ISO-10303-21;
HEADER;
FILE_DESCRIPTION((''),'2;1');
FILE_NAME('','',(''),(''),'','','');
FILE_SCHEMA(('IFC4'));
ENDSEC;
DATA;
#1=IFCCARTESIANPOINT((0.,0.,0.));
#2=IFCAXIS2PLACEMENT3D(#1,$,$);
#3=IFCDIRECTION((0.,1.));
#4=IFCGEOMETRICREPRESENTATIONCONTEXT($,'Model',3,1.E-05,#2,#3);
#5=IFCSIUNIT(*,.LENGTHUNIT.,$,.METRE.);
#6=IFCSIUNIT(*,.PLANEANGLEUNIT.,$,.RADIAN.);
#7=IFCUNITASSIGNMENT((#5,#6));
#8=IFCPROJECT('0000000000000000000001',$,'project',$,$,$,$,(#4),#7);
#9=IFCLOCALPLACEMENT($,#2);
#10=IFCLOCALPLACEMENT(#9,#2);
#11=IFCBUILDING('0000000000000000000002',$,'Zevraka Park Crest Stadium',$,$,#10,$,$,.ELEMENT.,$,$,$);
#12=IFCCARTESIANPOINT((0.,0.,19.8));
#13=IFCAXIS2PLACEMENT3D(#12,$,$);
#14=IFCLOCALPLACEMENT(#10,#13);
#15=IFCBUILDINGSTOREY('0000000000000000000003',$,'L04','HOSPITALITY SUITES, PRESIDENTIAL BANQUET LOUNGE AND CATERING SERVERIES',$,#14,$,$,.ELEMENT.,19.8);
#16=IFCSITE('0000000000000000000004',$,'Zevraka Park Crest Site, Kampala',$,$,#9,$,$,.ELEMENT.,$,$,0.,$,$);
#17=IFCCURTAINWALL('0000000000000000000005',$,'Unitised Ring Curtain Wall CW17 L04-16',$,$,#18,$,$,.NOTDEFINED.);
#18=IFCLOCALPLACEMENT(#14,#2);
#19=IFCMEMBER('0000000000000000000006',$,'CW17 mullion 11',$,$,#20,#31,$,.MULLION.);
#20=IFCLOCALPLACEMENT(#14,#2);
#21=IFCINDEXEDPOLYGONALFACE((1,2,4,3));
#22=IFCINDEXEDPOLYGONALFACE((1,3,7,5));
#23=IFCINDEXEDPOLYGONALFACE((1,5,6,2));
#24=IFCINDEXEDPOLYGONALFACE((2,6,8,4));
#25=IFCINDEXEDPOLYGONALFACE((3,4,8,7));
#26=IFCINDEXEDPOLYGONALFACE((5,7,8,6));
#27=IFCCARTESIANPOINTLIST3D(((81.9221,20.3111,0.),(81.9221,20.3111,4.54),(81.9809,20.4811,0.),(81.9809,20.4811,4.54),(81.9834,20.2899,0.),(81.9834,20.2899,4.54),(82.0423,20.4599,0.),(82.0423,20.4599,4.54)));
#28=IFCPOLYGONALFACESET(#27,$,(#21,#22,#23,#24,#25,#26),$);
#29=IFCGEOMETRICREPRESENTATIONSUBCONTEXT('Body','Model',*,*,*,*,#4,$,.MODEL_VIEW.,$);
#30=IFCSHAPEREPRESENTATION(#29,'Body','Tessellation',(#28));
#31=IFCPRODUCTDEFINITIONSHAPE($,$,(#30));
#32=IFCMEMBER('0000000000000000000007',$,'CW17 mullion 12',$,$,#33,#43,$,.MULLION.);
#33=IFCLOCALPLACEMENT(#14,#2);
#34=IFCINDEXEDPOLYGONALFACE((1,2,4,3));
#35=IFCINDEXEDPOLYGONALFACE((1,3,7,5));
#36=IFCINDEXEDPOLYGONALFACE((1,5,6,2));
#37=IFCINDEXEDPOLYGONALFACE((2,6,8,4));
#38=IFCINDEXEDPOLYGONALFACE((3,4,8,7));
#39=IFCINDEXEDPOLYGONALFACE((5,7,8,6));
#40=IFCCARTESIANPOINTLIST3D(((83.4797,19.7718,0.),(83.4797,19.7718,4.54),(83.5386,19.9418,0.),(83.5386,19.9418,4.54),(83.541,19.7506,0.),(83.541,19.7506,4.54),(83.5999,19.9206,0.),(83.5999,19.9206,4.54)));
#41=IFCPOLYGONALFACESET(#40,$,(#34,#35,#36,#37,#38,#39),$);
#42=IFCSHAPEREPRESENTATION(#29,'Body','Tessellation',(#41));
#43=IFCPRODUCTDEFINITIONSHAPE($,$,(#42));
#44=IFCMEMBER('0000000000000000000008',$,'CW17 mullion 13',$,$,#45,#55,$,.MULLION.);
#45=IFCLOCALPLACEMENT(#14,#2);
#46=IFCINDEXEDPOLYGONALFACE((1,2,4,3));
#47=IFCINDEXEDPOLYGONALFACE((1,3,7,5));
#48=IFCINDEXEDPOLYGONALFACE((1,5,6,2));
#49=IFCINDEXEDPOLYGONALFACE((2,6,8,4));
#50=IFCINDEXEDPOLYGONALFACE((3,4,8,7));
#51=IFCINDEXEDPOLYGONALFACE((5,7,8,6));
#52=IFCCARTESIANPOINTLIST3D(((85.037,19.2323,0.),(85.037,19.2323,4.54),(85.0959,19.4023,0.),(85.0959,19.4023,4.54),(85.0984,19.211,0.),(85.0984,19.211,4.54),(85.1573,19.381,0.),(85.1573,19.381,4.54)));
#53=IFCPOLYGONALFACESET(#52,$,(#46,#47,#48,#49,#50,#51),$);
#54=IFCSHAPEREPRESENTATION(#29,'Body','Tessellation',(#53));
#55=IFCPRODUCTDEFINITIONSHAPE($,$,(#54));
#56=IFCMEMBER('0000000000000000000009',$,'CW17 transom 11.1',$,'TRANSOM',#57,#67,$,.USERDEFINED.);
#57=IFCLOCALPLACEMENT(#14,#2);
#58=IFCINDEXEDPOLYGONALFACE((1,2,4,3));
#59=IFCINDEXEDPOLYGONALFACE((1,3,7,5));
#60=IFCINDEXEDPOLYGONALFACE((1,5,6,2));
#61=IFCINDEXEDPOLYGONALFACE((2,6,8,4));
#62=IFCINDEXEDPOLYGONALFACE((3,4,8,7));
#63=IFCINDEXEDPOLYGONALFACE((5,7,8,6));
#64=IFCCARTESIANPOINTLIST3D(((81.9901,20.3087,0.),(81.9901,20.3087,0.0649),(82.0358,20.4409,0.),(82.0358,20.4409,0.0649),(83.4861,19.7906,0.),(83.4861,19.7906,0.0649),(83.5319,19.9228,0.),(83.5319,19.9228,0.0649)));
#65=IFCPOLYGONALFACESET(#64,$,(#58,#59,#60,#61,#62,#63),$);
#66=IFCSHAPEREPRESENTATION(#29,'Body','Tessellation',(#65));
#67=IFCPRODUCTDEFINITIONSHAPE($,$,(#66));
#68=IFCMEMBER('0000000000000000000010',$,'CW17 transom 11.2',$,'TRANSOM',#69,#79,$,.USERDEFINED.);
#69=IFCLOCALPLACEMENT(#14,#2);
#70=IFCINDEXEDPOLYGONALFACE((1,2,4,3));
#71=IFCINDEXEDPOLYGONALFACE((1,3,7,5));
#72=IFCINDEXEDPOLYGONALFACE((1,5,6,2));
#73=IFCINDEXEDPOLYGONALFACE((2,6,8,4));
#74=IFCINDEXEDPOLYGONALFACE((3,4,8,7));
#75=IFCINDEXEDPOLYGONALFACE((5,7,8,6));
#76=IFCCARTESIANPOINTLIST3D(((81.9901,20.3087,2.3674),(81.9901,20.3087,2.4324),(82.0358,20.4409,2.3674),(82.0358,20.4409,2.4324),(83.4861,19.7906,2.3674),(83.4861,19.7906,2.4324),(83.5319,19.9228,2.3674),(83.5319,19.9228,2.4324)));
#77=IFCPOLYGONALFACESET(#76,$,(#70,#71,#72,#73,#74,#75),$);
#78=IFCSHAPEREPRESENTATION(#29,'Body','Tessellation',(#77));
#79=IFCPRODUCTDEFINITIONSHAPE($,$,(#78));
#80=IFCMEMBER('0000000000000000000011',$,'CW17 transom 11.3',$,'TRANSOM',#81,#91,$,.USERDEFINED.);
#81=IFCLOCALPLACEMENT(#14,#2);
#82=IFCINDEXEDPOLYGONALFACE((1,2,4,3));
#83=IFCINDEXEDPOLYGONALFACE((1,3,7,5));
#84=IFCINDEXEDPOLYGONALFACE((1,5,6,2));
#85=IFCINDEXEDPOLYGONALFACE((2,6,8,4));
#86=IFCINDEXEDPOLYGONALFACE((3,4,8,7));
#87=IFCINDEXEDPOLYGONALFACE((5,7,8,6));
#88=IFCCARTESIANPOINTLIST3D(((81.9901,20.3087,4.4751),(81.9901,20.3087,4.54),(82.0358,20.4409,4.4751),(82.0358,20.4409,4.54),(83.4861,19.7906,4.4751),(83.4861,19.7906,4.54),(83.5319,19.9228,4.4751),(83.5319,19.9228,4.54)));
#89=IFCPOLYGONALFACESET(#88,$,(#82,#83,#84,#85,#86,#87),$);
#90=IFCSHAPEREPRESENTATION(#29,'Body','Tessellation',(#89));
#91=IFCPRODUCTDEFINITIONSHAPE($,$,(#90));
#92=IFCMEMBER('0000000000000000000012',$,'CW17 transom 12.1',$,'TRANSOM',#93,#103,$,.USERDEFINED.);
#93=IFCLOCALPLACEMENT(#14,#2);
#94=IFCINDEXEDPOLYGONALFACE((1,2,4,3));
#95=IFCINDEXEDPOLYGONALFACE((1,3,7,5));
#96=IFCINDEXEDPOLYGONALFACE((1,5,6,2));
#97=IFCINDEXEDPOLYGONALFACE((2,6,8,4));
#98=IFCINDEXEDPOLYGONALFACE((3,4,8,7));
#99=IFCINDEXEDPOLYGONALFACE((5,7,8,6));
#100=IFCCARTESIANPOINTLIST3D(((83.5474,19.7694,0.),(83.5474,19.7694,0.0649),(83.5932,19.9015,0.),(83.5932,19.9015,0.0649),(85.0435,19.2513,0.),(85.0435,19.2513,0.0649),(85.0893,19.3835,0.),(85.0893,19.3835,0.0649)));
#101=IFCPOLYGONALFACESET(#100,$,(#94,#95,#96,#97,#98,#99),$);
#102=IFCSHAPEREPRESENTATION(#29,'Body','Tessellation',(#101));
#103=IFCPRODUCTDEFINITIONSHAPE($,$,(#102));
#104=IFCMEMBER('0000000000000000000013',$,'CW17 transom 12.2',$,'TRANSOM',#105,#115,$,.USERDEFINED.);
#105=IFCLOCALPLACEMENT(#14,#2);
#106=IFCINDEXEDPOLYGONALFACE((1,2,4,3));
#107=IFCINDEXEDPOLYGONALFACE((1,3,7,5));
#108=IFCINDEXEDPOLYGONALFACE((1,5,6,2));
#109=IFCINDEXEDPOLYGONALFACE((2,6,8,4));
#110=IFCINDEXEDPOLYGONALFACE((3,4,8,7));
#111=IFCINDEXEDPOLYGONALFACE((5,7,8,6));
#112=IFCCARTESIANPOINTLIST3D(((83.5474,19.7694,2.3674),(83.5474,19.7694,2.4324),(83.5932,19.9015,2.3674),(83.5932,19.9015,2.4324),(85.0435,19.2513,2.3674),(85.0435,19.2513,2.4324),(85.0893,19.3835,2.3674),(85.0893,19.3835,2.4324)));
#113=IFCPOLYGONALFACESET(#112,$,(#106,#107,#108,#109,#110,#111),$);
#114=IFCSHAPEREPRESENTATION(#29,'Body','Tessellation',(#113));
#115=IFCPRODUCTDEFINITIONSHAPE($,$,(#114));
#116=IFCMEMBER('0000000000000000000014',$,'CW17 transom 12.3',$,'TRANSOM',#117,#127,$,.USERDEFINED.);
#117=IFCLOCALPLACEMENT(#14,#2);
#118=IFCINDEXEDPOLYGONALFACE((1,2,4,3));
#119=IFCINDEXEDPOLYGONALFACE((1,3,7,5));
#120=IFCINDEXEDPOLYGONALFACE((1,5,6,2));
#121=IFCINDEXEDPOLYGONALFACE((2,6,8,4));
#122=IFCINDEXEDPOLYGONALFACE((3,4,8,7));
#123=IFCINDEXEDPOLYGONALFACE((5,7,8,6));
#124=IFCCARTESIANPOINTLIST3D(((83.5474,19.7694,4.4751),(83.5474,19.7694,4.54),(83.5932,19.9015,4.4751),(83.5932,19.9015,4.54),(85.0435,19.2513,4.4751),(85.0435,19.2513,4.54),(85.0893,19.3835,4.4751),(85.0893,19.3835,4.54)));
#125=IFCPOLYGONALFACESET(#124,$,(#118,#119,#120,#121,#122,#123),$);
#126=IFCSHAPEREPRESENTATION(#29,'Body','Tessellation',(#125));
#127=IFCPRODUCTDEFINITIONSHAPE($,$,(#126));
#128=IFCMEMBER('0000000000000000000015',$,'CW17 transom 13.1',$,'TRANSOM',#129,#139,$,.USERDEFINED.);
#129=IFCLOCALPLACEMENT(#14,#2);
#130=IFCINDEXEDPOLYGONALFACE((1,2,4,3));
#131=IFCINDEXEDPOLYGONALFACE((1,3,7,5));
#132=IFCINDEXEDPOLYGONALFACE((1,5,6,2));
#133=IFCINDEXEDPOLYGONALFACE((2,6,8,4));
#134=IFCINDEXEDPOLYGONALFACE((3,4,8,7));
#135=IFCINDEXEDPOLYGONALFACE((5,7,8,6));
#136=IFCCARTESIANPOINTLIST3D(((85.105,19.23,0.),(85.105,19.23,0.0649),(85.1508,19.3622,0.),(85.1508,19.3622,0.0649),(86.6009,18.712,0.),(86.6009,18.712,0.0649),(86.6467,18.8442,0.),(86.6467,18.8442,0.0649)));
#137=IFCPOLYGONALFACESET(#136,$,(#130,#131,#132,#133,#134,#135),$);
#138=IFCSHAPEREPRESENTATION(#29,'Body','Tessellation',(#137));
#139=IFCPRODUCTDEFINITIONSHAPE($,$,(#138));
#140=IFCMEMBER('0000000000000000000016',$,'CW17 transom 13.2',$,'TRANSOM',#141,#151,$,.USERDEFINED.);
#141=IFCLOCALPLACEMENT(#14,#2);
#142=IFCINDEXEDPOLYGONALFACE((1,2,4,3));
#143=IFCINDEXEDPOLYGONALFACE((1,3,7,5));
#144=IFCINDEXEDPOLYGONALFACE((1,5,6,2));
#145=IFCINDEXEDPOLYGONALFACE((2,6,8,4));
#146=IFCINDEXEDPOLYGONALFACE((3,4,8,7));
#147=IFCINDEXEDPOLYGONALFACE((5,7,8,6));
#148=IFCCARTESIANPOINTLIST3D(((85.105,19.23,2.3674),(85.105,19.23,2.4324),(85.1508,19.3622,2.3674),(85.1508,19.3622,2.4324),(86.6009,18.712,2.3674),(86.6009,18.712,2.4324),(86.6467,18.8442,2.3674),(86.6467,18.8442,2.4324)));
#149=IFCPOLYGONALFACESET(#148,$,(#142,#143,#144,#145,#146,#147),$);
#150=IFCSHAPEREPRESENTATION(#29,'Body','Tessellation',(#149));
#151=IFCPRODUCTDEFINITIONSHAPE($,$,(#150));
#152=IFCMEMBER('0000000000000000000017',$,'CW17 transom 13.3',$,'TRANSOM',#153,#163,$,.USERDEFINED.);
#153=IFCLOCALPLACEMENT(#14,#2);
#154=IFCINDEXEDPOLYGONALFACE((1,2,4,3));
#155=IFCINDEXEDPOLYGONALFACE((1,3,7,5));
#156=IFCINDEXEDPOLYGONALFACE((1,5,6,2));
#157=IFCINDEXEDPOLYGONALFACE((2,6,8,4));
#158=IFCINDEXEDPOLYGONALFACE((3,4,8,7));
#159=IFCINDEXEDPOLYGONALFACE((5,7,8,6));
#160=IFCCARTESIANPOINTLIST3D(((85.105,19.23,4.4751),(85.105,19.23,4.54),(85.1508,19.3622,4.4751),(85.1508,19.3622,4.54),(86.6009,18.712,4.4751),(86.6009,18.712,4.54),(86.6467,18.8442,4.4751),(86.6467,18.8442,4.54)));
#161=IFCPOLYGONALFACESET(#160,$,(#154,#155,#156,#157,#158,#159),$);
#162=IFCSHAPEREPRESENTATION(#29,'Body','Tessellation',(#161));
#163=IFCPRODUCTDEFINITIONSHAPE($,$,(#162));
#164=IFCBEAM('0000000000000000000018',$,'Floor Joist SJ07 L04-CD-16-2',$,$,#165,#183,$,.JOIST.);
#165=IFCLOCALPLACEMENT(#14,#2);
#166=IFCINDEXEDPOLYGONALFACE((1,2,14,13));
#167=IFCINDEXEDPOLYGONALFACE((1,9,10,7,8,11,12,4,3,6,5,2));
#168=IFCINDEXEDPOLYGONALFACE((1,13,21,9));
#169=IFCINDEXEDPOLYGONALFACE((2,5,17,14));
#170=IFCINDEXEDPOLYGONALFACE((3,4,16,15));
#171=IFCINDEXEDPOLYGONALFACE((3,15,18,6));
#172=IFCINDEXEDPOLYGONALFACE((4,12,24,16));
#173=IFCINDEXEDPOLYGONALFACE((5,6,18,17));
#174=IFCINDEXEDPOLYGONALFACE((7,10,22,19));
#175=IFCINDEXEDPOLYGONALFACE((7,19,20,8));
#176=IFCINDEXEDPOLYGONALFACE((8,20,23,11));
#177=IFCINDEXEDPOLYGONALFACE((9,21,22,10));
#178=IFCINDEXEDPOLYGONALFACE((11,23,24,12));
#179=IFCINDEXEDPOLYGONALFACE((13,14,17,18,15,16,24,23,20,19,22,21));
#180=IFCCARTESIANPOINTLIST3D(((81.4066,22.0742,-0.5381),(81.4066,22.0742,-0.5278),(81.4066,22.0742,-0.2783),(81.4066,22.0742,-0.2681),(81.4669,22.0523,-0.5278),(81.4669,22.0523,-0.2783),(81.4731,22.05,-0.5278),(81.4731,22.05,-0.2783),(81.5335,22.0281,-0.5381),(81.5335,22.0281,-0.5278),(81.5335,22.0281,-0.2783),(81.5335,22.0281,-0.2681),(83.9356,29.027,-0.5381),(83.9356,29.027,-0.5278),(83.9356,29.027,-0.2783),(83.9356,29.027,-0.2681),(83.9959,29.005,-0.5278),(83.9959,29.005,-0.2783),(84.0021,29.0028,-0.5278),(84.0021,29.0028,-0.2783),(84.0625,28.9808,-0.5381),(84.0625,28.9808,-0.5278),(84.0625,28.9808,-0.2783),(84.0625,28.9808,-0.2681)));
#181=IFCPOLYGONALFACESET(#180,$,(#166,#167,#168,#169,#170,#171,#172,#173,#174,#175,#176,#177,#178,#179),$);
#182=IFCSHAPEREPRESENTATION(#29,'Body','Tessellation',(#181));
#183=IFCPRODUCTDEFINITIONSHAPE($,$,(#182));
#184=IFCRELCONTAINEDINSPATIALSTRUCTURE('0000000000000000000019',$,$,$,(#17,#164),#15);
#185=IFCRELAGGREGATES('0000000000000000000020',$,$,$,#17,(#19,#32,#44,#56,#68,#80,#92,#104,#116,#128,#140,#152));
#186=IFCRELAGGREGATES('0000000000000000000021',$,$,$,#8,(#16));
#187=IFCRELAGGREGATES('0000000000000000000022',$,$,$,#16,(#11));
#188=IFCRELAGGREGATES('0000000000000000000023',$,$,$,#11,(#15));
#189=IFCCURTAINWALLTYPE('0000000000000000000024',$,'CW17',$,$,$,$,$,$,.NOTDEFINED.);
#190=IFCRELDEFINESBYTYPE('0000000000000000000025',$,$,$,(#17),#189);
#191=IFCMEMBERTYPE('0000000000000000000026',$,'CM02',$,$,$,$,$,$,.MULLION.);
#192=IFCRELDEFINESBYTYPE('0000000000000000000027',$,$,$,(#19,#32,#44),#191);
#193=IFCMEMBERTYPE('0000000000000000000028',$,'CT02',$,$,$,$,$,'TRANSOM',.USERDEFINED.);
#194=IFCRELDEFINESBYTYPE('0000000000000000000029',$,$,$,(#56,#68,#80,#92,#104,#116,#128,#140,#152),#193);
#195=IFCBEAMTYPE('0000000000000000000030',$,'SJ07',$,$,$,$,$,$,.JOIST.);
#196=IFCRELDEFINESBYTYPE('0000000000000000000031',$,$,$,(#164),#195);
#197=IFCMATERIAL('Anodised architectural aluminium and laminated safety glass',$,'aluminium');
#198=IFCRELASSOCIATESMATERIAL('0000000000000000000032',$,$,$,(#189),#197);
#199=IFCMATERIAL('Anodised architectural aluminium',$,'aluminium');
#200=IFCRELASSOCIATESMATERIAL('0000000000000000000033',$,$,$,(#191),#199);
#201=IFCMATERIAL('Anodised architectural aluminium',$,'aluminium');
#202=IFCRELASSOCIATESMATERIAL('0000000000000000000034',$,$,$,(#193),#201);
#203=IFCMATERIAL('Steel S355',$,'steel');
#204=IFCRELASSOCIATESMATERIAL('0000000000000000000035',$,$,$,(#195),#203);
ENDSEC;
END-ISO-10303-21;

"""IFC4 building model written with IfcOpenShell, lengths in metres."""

from ifc_helpers import new_model, si_unit, direction, frame, origin, origin_2d, place, context, subcontext, project, spatial, rectangle, i_section, extrude, material, material_profile, profile_set, type_object, element, aggregate, save


model = new_model("IFC4")

# Units and contexts
model_context = context("Model", 3, precision=1e-05, world=origin(), true_north=direction((0.0, 1.0)))
body_context = subcontext(model_context, "Body", "Model", "MODEL_VIEW")
ifc_project = project(units=[si_unit("LENGTHUNIT", "METRE"), si_unit("PLANEANGLEUNIT", "RADIAN")], contexts=[model_context])

# Site, building, storey
site_placement = place(None, origin())
site = spatial("IfcSite", under=ifc_project, at=site_placement, Name="Zevraka Park Crest Site, Kampala", CompositionType="ELEMENT", RefElevation=0.0)
building_placement = place(site_placement, origin())
building = spatial("IfcBuilding", under=site, at=building_placement, Name="Zevraka Park Crest Stadium", CompositionType="ELEMENT")
storey_placement = place(building_placement, frame((0.0, 0.0, 19.8)))
storey = spatial("IfcBuildingStorey", under=building, at=storey_placement, Name="L04", Description="HOSPITALITY SUITES, PRESIDENTIAL BANQUET LOUNGE AND CATERING SERVERIES", CompositionType="ELEMENT", Elevation=19.8)

# Curtain wall, members
ifc_material_1 = material(Name="Anodised architectural aluminium and laminated safety glass", Category="aluminium")
curtain_wall_type = type_object("IfcCurtainWallType", Name="CW17", PredefinedType="NOTDEFINED", material=ifc_material_1)
curtain_wall_placement = place(storey_placement, origin())
curtain_wall = element("IfcCurtainWall", 1, at=curtain_wall_placement, inside=storey, type_object=curtain_wall_type, Name="Unitised Ring Curtain Wall CW17 L04-16", PredefinedType="NOTDEFINED")
ifc_material_2 = material(Name="Anodised architectural aluminium", Category="aluminium")
ifc_material_profile_1 = material_profile(ifc_material_2, rectangle(XDim=0.1799, YDim=0.0649, at=origin_2d()), Name="ALU MULLION 180x65")
ifc_profile_set_1 = profile_set([ifc_material_profile_1], Name="Anodised architectural aluminium")
member_type_1 = type_object("IfcMemberType", Name="CM02", PredefinedType="MULLION", material=ifc_profile_set_1)
member_1_placement = place(storey_placement, frame((81.9822, 20.3855, 0.0), z_axis=(0.0, 0.0, 1.0), x_axis=(0.327245, 0.94494, 0.0)))
member_1 = element("IfcMember", 2, at=member_1_placement, type_object=member_type_1, Name="CW17 mullion 11", PredefinedType="MULLION", context=body_context, shape_type="SweptSolid", body=[
    extrude(rectangle(XDim=0.1799, YDim=0.0649, at=origin_2d()), origin(), (0.0, 0.0, 1.0), 4.54),
])
member_2_placement = place(storey_placement, frame((83.5398, 19.8462, 0.0), z_axis=(0.0, 0.0, 1.0), x_axis=(0.327245, 0.94494, 0.0)))
member_2 = element("IfcMember", 3, at=member_2_placement, type_object=member_type_1, Name="CW17 mullion 12", PredefinedType="MULLION", context=body_context, shape_type="SweptSolid", body=[
    extrude(rectangle(XDim=0.1799, YDim=0.0649, at=origin_2d()), origin(), (0.0, 0.0, 1.0), 4.54),
])
member_3_placement = place(storey_placement, frame((85.0972, 19.3066, 0.0), z_axis=(0.0, 0.0, 1.0), x_axis=(0.327245, 0.94494, 0.0)))
member_3 = element("IfcMember", 4, at=member_3_placement, type_object=member_type_1, Name="CW17 mullion 13", PredefinedType="MULLION", context=body_context, shape_type="SweptSolid", body=[
    extrude(rectangle(XDim=0.1799, YDim=0.0649, at=origin_2d()), origin(), (0.0, 0.0, 1.0), 4.54),
])
ifc_material_3 = material(Name="Anodised architectural aluminium", Category="aluminium")
ifc_material_profile_2 = material_profile(ifc_material_3, rectangle(XDim=0.1399, YDim=0.0649, at=origin_2d()), Name="ALU TRANSOM 140x65")
ifc_profile_set_2 = profile_set([ifc_material_profile_2], Name="Anodised architectural aluminium")
member_type_2 = type_object("IfcMemberType", Name="CT02", ElementType="TRANSOM", PredefinedType="USERDEFINED", material=ifc_profile_set_2)
member_4_placement = place(storey_placement, frame((82.0129, 20.3748, 0.0325), z_axis=(0.944949, -0.327216, 0.0), x_axis=(0.327216, 0.944949, 0.0)))
member_4 = element("IfcMember", 5, at=member_4_placement, type_object=member_type_2, Name="CW17 transom 11.1", ObjectType="TRANSOM", PredefinedType="USERDEFINED", context=body_context, shape_type="SweptSolid", body=[
    extrude(rectangle(XDim=0.1399, YDim=0.0649, at=origin_2d()), origin(), (0.0, 0.0, 1.0), 1.5833),
])
member_5_placement = place(storey_placement, frame((82.0129, 20.3748, 2.3999), z_axis=(0.944949, -0.327216, 0.0), x_axis=(0.327216, 0.944949, 0.0)))
member_5 = element("IfcMember", 6, at=member_5_placement, type_object=member_type_2, Name="CW17 transom 11.2", ObjectType="TRANSOM", PredefinedType="USERDEFINED", context=body_context, shape_type="SweptSolid", body=[
    extrude(rectangle(XDim=0.1399, YDim=0.0649, at=origin_2d()), origin(), (0.0, 0.0, 1.0), 1.5833),
])
member_6_placement = place(storey_placement, frame((82.0129, 20.3748, 4.5076), z_axis=(0.944949, -0.327216, 0.0), x_axis=(0.327216, 0.944949, 0.0)))
member_6 = element("IfcMember", 7, at=member_6_placement, type_object=member_type_2, Name="CW17 transom 11.3", ObjectType="TRANSOM", PredefinedType="USERDEFINED", context=body_context, shape_type="SweptSolid", body=[
    extrude(rectangle(XDim=0.1399, YDim=0.0649, at=origin_2d()), origin(), (0.0, 0.0, 1.0), 1.5833),
])
member_7_placement = place(storey_placement, frame((83.5703, 19.8354, 0.0325), z_axis=(0.944949, -0.327216, 0.0), x_axis=(0.327216, 0.944949, 0.0)))
member_7 = element("IfcMember", 8, at=member_7_placement, type_object=member_type_2, Name="CW17 transom 12.1", ObjectType="TRANSOM", PredefinedType="USERDEFINED", context=body_context, shape_type="SweptSolid", body=[
    extrude(rectangle(XDim=0.1399, YDim=0.0649, at=origin_2d()), origin(), (0.0, 0.0, 1.0), 1.5833),
])
member_8_placement = place(storey_placement, frame((83.5703, 19.8354, 2.3999), z_axis=(0.944949, -0.327216, 0.0), x_axis=(0.327216, 0.944949, 0.0)))
member_8 = element("IfcMember", 9, at=member_8_placement, type_object=member_type_2, Name="CW17 transom 12.2", ObjectType="TRANSOM", PredefinedType="USERDEFINED", context=body_context, shape_type="SweptSolid", body=[
    extrude(rectangle(XDim=0.1399, YDim=0.0649, at=origin_2d()), origin(), (0.0, 0.0, 1.0), 1.5833),
])
member_9_placement = place(storey_placement, frame((83.5703, 19.8354, 4.5076), z_axis=(0.944949, -0.327216, 0.0), x_axis=(0.327216, 0.944949, 0.0)))
member_9 = element("IfcMember", 10, at=member_9_placement, type_object=member_type_2, Name="CW17 transom 12.3", ObjectType="TRANSOM", PredefinedType="USERDEFINED", context=body_context, shape_type="SweptSolid", body=[
    extrude(rectangle(XDim=0.1399, YDim=0.0649, at=origin_2d()), origin(), (0.0, 0.0, 1.0), 1.5833),
])
member_10_placement = place(storey_placement, frame((85.1279, 19.2961, 0.0325), z_axis=(0.944933, -0.327264, 0.0), x_axis=(0.327264, 0.944933, 0.0)))
member_10 = element("IfcMember", 11, at=member_10_placement, type_object=member_type_2, Name="CW17 transom 13.1", ObjectType="TRANSOM", PredefinedType="USERDEFINED", context=body_context, shape_type="SweptSolid", body=[
    extrude(rectangle(XDim=0.1399, YDim=0.0649, at=origin_2d()), origin(), (0.0, 0.0, 1.0), 1.583),
])
member_11_placement = place(storey_placement, frame((85.1279, 19.2961, 2.3999), z_axis=(0.944933, -0.327264, 0.0), x_axis=(0.327264, 0.944933, 0.0)))
member_11 = element("IfcMember", 12, at=member_11_placement, type_object=member_type_2, Name="CW17 transom 13.2", ObjectType="TRANSOM", PredefinedType="USERDEFINED", context=body_context, shape_type="SweptSolid", body=[
    extrude(rectangle(XDim=0.1399, YDim=0.0649, at=origin_2d()), origin(), (0.0, 0.0, 1.0), 1.583),
])
member_12_placement = place(storey_placement, frame((85.1279, 19.2961, 4.5076), z_axis=(0.944933, -0.327264, 0.0), x_axis=(0.327264, 0.944933, 0.0)))
member_12 = element("IfcMember", 13, at=member_12_placement, type_object=member_type_2, Name="CW17 transom 13.3", ObjectType="TRANSOM", PredefinedType="USERDEFINED", context=body_context, shape_type="SweptSolid", body=[
    extrude(rectangle(XDim=0.1399, YDim=0.0649, at=origin_2d()), origin(), (0.0, 0.0, 1.0), 1.583),
])

# Beam
ifc_material_4 = material(Name="Steel S355", Category="steel")
ifc_material_profile_3 = material_profile(ifc_material_4, i_section(OverallWidth=0.135, OverallDepth=0.27, WebThickness=0.0066, FlangeThickness=0.0103, at=origin_2d()), Name="IPE 270")
ifc_profile_set_3 = profile_set([ifc_material_profile_3], Name="Steel S355")
beam_type = type_object("IfcBeamType", Name="SJ07", PredefinedType="JOIST", material=ifc_profile_set_3)
beam_placement = place(storey_placement, frame((83.999, 29.0039, -0.4031), z_axis=(-0.34183, -0.939762, 0.0), x_axis=(0.939762, -0.34183, 0.0)))
element("IfcBeam", 14, at=beam_placement, inside=storey, type_object=beam_type, Name="Floor Joist SJ07 L04-CD-16-2", PredefinedType="JOIST", context=body_context, shape_type="SweptSolid", body=[
    extrude(i_section(OverallWidth=0.135, OverallDepth=0.27, WebThickness=0.0066, FlangeThickness=0.0103, at=origin_2d()), origin(), (0.0, 0.0, 1.0), 7.3984),
])

aggregate(curtain_wall, [member_1, member_2, member_3, member_4, member_5, member_6, member_7, member_8, member_9, member_10, member_11, member_12])

save(model, "model.ifc")
